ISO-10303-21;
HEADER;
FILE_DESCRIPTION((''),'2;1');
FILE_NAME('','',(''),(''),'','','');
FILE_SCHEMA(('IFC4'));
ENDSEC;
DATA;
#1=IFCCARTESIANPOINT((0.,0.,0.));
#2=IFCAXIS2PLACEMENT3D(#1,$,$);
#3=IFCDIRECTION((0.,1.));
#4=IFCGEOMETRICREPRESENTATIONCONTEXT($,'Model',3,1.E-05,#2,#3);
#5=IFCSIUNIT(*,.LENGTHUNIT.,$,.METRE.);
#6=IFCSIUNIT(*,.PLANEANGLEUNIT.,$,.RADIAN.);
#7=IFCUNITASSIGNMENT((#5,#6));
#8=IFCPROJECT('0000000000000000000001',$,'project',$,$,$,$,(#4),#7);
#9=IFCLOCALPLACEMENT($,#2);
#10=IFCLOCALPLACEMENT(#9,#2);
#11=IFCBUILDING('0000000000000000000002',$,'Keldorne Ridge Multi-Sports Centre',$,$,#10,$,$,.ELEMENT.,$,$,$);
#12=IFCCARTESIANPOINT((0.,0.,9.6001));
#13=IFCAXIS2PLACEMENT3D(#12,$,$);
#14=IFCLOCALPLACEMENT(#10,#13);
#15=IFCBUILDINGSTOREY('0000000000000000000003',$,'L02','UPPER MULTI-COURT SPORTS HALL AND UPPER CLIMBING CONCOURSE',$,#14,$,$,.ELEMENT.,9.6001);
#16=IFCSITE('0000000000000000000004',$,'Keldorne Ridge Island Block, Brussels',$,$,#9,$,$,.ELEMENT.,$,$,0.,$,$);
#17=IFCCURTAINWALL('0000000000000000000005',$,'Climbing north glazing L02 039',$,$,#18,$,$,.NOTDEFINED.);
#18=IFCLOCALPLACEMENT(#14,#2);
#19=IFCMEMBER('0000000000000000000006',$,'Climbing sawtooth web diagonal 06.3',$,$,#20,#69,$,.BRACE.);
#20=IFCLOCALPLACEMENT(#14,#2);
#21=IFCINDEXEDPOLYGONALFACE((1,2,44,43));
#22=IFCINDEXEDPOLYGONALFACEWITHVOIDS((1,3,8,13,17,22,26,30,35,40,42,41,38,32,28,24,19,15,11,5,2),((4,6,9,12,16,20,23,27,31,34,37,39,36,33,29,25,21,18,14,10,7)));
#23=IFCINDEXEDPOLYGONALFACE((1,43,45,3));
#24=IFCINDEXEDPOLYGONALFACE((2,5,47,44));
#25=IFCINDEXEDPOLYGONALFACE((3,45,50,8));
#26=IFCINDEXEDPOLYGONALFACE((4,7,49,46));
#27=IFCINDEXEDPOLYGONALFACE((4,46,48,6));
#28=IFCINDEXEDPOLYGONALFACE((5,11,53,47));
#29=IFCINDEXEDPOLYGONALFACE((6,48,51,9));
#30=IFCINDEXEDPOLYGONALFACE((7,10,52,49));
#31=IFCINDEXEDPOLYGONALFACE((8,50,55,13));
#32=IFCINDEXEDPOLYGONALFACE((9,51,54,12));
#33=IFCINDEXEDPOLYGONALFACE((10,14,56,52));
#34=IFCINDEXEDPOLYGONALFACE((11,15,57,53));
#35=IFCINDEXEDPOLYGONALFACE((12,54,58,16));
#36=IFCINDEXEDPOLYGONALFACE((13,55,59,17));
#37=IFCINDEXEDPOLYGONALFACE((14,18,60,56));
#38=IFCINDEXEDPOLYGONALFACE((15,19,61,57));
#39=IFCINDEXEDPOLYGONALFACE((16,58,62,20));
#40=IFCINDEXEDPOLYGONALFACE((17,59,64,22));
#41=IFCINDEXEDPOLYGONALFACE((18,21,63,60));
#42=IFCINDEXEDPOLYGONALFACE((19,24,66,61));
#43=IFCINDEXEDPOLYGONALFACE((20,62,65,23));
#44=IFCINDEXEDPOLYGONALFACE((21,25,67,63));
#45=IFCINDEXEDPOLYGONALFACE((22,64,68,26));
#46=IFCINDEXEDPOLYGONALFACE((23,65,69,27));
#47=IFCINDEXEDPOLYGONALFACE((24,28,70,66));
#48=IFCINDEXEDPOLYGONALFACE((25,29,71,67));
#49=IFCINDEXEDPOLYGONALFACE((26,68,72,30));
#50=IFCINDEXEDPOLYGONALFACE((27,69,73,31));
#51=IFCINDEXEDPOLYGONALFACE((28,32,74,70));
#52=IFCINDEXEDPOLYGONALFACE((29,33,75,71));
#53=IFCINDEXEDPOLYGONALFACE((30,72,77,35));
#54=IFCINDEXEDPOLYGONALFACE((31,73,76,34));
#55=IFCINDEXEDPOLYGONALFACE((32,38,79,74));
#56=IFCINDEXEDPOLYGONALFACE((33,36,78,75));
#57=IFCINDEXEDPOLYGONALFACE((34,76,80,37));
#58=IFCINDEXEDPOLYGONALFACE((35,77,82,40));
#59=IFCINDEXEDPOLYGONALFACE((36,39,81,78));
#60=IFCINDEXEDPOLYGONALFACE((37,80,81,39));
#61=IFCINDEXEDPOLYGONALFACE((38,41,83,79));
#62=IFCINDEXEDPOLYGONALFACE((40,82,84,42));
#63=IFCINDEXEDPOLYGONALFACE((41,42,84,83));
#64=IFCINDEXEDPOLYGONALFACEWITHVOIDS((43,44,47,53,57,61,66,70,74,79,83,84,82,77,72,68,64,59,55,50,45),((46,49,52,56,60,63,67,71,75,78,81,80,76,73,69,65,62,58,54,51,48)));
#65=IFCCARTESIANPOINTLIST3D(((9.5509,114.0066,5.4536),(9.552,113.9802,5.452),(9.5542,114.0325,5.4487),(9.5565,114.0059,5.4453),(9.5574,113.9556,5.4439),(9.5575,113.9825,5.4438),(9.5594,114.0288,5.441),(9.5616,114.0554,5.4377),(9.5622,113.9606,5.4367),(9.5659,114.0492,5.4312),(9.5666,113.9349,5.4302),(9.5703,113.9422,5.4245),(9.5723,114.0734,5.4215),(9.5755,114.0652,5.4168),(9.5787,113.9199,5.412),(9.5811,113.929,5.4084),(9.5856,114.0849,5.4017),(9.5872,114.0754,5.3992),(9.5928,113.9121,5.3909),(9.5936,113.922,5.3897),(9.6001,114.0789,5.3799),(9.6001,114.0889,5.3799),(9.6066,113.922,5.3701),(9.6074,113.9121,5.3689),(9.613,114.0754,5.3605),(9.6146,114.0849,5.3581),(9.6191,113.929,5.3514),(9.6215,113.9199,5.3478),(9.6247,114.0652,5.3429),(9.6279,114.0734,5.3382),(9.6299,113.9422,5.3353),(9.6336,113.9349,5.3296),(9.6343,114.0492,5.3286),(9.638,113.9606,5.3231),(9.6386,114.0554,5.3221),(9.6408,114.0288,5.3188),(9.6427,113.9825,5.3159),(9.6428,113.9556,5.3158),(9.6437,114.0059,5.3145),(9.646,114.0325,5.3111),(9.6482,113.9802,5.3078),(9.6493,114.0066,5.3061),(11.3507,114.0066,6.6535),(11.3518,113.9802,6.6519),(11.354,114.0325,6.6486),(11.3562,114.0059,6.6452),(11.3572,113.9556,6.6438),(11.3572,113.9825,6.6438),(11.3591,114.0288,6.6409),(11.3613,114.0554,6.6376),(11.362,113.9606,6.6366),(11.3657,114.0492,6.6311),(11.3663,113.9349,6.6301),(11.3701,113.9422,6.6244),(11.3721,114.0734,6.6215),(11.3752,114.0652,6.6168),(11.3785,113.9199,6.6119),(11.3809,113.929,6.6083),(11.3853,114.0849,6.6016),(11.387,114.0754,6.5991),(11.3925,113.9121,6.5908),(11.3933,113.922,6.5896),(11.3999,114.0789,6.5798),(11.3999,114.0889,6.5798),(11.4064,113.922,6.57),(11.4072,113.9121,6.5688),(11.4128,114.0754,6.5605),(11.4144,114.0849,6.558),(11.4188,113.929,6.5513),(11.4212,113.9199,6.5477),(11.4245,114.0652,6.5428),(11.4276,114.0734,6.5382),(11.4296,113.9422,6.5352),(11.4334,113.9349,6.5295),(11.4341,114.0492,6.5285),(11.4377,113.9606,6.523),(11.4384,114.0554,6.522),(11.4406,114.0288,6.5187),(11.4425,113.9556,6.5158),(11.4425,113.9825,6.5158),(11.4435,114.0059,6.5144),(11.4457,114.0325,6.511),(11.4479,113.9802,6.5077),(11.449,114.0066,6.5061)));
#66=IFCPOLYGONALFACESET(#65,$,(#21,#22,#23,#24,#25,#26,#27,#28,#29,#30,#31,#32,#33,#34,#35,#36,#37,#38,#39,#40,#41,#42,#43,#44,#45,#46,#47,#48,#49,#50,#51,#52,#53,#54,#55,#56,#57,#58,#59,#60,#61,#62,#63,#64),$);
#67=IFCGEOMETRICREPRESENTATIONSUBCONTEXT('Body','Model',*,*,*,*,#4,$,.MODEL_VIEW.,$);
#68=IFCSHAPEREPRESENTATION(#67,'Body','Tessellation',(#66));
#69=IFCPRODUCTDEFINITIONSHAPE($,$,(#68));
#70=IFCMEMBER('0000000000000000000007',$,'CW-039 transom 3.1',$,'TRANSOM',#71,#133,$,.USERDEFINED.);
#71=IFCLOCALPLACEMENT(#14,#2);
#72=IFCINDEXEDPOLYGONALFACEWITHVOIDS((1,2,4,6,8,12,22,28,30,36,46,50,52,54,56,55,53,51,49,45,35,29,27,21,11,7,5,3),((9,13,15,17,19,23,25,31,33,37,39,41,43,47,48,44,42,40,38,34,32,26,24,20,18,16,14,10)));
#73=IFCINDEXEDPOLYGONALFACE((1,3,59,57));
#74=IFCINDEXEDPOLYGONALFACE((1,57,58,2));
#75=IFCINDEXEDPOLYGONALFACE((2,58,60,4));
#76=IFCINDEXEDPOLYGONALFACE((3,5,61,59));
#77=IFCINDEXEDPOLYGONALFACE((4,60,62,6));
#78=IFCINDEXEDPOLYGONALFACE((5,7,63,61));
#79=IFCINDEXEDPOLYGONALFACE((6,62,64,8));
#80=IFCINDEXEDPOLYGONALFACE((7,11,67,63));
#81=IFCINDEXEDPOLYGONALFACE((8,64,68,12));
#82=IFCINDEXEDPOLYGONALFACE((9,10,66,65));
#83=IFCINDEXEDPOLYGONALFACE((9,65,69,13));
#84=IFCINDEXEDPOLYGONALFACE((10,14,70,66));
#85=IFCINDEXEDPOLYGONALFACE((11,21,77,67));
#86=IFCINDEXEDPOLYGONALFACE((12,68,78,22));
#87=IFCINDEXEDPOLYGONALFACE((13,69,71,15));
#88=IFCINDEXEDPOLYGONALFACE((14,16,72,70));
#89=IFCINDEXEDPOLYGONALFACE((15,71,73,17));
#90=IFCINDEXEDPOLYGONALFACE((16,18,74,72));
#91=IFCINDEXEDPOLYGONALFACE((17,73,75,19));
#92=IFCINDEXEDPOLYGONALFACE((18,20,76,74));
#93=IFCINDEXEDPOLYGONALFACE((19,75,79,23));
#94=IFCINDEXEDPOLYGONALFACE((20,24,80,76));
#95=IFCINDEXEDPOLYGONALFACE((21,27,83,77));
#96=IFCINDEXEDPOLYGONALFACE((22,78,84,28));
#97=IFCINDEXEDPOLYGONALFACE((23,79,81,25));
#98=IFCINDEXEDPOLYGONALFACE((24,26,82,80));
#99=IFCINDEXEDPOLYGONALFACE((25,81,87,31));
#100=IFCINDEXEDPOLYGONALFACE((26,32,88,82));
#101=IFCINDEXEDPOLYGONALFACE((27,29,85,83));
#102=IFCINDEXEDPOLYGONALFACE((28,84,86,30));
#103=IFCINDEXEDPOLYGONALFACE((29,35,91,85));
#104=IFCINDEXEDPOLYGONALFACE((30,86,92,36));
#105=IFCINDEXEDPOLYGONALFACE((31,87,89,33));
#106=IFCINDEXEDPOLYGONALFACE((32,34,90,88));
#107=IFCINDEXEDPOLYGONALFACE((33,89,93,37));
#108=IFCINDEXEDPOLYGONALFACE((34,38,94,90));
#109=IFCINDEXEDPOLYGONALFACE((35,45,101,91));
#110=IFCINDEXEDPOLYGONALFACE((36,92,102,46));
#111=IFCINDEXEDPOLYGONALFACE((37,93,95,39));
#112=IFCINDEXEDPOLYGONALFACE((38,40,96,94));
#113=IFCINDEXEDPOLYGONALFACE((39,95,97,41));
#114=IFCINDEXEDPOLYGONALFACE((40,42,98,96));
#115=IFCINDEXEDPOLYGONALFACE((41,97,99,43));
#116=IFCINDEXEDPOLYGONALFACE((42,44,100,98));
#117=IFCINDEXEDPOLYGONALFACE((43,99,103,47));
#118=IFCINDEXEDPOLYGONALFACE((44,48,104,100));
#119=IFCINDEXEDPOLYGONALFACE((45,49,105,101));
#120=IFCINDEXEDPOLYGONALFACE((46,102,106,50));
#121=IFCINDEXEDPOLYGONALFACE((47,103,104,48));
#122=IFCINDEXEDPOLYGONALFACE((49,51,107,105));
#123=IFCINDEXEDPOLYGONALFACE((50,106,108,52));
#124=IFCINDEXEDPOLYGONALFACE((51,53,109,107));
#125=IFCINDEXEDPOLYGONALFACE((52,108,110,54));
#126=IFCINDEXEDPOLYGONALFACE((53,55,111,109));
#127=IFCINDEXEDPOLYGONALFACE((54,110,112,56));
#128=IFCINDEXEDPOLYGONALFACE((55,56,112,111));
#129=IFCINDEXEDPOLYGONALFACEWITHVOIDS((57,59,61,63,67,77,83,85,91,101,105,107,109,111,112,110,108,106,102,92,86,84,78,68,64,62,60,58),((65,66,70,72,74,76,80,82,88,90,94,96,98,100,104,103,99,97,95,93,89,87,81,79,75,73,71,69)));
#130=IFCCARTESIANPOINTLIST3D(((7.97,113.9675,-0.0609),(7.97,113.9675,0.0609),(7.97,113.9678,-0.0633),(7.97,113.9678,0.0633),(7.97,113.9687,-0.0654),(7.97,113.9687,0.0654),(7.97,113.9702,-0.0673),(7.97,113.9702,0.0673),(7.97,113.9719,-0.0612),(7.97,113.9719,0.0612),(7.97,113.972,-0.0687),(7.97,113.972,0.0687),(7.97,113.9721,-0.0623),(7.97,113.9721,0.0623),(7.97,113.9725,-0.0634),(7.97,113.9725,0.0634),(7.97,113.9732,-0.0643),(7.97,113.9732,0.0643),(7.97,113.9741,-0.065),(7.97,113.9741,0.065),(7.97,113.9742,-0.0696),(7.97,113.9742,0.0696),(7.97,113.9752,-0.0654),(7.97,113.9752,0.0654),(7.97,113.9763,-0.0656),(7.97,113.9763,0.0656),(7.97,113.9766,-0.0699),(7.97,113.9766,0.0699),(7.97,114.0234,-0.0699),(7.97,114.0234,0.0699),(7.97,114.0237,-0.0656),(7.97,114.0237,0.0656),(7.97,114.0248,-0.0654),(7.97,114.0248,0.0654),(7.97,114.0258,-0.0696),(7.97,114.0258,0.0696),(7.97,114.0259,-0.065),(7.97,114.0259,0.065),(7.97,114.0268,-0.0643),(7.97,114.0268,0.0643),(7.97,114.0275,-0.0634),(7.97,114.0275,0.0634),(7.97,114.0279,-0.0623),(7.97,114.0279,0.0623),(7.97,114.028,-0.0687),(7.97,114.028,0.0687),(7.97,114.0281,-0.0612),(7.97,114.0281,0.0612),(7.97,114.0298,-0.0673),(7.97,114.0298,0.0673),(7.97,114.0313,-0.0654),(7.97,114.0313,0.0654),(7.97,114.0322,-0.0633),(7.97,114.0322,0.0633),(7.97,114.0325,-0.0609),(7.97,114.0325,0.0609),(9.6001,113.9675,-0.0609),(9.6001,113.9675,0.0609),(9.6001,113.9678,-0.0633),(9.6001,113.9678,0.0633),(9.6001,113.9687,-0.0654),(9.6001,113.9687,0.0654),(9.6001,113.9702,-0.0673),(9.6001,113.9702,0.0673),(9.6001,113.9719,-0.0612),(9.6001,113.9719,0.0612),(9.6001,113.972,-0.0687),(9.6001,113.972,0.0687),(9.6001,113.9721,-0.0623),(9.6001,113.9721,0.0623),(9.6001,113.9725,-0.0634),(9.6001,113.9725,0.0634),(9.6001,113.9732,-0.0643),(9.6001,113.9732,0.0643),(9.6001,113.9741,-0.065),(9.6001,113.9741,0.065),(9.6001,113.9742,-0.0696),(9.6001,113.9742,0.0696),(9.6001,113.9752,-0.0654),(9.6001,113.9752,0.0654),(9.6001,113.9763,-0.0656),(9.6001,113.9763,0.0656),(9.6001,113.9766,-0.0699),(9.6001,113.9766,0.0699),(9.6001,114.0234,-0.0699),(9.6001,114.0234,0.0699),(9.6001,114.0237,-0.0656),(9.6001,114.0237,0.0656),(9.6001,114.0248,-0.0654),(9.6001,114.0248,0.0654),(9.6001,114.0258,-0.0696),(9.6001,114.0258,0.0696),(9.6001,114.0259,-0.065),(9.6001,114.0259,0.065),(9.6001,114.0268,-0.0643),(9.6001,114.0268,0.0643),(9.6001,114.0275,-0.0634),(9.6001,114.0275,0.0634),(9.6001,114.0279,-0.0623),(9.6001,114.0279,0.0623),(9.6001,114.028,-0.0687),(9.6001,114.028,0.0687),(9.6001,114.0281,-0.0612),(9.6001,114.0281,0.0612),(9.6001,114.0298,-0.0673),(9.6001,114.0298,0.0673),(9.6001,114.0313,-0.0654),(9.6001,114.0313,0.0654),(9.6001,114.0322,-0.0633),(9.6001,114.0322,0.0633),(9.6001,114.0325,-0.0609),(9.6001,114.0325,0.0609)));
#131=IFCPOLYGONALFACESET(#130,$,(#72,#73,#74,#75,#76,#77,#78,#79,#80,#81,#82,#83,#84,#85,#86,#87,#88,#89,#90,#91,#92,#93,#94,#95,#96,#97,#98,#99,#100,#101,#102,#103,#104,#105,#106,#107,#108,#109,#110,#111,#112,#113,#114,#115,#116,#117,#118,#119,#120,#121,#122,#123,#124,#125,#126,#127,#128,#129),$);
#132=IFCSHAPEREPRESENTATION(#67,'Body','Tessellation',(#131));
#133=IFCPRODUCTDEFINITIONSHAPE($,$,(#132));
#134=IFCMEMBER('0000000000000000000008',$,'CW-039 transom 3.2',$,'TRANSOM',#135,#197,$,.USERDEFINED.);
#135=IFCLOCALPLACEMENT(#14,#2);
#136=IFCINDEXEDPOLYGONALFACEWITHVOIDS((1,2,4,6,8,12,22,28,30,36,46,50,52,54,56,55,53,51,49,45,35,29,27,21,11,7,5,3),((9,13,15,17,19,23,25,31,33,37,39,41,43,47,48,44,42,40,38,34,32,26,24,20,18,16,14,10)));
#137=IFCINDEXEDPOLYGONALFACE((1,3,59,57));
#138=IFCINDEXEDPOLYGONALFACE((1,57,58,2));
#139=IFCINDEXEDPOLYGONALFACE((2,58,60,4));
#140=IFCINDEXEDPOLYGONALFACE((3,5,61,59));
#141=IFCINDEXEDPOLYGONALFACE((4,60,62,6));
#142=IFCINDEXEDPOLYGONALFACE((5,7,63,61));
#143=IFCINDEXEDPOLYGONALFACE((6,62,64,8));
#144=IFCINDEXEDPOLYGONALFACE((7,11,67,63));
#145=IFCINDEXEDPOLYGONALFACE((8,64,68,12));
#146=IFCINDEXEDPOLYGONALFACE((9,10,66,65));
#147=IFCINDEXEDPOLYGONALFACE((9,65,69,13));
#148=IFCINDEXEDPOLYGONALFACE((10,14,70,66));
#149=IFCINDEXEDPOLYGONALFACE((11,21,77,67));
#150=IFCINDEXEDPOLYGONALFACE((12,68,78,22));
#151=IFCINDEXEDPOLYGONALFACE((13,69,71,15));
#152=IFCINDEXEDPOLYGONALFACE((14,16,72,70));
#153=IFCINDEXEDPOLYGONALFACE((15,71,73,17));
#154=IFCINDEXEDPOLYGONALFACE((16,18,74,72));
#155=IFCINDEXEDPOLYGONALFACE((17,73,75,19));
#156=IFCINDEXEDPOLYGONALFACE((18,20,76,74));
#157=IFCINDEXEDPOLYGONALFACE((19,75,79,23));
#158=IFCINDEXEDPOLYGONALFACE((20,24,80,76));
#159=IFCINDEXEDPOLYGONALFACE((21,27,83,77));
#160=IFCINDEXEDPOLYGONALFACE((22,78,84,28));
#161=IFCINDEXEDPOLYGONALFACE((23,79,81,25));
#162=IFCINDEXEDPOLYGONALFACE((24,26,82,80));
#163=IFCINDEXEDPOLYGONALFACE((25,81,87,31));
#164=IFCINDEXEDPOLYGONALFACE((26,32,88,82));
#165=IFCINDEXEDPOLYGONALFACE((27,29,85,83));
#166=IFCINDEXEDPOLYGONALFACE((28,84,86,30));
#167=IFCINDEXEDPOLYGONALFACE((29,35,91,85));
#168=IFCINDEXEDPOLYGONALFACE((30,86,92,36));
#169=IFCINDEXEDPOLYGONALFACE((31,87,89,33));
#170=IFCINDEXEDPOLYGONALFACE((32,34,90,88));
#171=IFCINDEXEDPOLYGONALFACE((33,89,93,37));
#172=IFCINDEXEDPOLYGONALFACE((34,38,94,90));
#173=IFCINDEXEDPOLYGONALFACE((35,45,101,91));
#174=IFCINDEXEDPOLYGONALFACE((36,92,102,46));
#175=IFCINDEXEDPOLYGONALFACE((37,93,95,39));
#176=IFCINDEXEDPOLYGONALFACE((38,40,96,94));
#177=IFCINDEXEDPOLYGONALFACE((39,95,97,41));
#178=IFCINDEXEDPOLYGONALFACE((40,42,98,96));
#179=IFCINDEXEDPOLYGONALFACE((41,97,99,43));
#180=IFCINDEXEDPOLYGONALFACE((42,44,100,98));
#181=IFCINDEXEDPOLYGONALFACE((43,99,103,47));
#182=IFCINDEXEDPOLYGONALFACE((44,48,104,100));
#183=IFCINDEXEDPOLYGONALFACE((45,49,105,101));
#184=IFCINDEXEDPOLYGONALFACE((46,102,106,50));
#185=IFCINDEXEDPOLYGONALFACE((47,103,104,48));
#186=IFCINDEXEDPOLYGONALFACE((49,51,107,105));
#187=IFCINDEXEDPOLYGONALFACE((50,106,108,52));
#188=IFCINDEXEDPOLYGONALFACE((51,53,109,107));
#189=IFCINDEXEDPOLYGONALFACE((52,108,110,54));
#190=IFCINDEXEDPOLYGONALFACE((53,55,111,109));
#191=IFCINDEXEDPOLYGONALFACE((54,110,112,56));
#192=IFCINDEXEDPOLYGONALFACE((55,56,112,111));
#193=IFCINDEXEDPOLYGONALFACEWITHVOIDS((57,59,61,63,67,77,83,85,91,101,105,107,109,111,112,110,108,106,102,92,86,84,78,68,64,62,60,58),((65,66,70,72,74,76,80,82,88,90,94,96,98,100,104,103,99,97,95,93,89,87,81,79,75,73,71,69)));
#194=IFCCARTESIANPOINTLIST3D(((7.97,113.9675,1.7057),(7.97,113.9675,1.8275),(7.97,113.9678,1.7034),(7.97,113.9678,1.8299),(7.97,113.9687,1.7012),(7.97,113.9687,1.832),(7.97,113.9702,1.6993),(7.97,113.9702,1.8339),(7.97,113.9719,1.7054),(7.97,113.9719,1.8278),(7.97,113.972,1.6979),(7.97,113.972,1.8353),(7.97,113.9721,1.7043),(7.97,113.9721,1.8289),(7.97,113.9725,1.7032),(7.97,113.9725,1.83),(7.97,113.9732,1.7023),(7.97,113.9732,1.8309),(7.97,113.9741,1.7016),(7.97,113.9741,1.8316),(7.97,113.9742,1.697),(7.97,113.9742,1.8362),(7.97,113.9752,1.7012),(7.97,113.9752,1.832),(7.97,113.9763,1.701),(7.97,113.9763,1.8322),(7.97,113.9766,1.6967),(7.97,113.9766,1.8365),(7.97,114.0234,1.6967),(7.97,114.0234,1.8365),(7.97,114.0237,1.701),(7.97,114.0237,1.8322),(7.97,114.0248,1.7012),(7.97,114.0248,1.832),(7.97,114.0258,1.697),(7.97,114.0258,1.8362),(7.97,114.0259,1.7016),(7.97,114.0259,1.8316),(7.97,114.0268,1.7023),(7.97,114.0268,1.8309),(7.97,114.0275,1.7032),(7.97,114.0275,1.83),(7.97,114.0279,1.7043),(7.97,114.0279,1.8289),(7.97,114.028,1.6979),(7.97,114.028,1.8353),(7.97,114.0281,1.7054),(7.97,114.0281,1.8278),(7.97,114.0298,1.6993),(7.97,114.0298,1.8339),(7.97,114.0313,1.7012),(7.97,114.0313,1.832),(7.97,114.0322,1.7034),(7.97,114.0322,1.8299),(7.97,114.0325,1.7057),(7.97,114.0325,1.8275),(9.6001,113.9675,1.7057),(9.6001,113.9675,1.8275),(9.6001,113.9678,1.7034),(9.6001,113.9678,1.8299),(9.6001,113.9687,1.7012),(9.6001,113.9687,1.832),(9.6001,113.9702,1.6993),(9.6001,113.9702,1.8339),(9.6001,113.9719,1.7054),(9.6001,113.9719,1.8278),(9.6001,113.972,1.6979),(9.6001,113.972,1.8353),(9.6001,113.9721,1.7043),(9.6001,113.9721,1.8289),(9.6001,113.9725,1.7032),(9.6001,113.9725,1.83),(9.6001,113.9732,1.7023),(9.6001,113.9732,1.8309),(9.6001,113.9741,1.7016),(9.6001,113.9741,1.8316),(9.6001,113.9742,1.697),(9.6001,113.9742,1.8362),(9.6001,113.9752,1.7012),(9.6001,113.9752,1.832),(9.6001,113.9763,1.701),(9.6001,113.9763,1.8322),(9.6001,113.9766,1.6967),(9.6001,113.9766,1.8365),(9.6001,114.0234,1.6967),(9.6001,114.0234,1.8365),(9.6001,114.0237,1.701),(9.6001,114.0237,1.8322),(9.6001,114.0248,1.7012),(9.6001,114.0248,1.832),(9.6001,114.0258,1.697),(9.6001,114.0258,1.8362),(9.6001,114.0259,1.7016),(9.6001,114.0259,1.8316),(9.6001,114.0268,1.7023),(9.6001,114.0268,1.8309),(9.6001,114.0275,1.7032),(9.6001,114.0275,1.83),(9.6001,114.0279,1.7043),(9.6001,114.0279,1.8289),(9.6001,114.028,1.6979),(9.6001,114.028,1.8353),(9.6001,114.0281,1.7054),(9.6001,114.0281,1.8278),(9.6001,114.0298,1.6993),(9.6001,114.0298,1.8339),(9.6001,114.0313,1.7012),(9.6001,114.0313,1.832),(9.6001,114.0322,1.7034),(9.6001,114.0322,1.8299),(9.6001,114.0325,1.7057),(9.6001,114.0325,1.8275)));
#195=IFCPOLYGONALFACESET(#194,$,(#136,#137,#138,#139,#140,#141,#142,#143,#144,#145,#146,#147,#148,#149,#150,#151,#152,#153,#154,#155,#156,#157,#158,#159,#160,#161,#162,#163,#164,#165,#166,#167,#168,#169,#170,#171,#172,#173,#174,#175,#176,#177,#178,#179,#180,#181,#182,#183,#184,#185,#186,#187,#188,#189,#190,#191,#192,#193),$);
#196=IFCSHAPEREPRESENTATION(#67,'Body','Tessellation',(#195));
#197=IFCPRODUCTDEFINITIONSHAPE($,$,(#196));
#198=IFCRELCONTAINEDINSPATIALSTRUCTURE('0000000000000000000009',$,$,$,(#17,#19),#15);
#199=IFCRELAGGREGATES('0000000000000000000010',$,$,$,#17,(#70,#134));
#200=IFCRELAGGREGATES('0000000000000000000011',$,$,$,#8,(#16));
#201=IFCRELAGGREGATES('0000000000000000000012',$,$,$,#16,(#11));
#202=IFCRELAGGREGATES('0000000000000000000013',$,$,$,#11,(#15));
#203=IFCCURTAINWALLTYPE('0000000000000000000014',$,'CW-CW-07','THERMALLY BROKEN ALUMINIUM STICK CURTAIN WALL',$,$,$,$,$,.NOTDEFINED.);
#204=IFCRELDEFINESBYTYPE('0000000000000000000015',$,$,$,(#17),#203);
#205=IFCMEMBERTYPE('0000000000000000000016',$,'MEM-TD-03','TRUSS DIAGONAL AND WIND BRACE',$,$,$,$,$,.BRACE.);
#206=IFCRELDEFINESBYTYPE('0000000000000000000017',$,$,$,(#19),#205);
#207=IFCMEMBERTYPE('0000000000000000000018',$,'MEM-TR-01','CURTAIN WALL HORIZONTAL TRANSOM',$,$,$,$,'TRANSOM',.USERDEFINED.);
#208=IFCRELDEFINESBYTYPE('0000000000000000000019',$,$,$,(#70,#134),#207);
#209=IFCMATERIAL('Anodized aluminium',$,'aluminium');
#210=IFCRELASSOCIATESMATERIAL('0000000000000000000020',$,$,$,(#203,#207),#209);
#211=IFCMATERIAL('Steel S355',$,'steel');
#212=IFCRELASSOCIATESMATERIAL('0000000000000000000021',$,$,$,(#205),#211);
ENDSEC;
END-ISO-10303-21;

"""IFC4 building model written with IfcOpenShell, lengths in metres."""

from ifc_helpers import new_model, si_unit, direction, frame, origin, origin_2d, place, context, subcontext, project, spatial, hollow_rectangle, hollow_circle, extrude, material, material_profile, profile_set, type_object, element, aggregate, save


model = new_model("IFC4")

# Units and contexts
model_context = context("Model", 3, precision=1e-05, world=origin(), true_north=direction((0.0, 1.0)))
body_context = subcontext(model_context, "Body", "Model", "MODEL_VIEW")
ifc_project = project(units=[si_unit("LENGTHUNIT", "METRE"), si_unit("PLANEANGLEUNIT", "RADIAN")], contexts=[model_context])

# Site, building, storey
site_placement = place(None, origin())
site = spatial("IfcSite", under=ifc_project, at=site_placement, Name="Keldorne Ridge Island Block, Brussels", CompositionType="ELEMENT", RefElevation=0.0)
building_placement = place(site_placement, origin())
building = spatial("IfcBuilding", under=site, at=building_placement, Name="Keldorne Ridge Multi-Sports Centre", CompositionType="ELEMENT")
storey_placement = place(building_placement, frame((0.0, 0.0, 9.6001)))
storey = spatial("IfcBuildingStorey", under=building, at=storey_placement, Name="L02", Description="UPPER MULTI-COURT SPORTS HALL AND UPPER CLIMBING CONCOURSE", CompositionType="ELEMENT", Elevation=9.6001)

# Shared definitions
ifc_material_1 = material(Name="Steel S355", Category="steel")

# Curtain wall
ifc_material_2 = material(Name="Anodized aluminium", Category="aluminium")
curtain_wall_type = type_object("IfcCurtainWallType", Name="CW-CW-07", Description="THERMALLY BROKEN ALUMINIUM STICK CURTAIN WALL", PredefinedType="NOTDEFINED", material=ifc_material_2)
curtain_wall_placement = place(storey_placement, origin())
curtain_wall = element("IfcCurtainWall", 1, at=curtain_wall_placement, inside=storey, type_object=curtain_wall_type, Name="Climbing north glazing L02 039", PredefinedType="NOTDEFINED")

# Member
ifc_material_profile_1 = material_profile(ifc_material_1, hollow_circle(Radius=0.0889, WallThickness=0.01, at=origin_2d()), Name="CHS 177.8x10")
ifc_profile_set_1 = profile_set([ifc_material_profile_1], Name="Steel S355")
member_type_1 = type_object("IfcMemberType", Name="MEM-TD-03", Description="TRUSS DIAGONAL AND WIND BRACE", PredefinedType="BRACE", material=ifc_profile_set_1)
member_1_placement = place(storey_placement, frame((9.6001, 114.0, 5.3799), z_axis=(0.832033, 0.0, 0.554726), x_axis=(0.0, 1.0, 0.0)))
element("IfcMember", 2, at=member_1_placement, inside=storey, type_object=member_type_1, Name="Climbing sawtooth web diagonal 06.3", PredefinedType="BRACE", context=body_context, shape_type="SweptSolid", body=[
    extrude(hollow_circle(Radius=0.0889, WallThickness=0.01, at=origin_2d()), origin(), (0.0, 0.0, 1.0), 2.1631),
])

# Members
ifc_material_profile_2 = material_profile(ifc_material_2, hollow_rectangle(XDim=0.0649, YDim=0.1399, WallThickness=0.0044, InnerFilletRadius=0.0044, OuterFilletRadius=0.009, at=origin_2d()), Name="ALU TRANSOM 140x65x4.5")
ifc_profile_set_2 = profile_set([ifc_material_profile_2], Name="Anodized aluminium")
member_type_2 = type_object("IfcMemberType", Name="MEM-TR-01", Description="CURTAIN WALL HORIZONTAL TRANSOM", ElementType="TRANSOM", PredefinedType="USERDEFINED", material=ifc_profile_set_2)
member_2_placement = place(storey_placement, frame((9.6001, 114.0, 0.0), z_axis=(-1.0, 0.0, 0.0), x_axis=(0.0, -1.0, 0.0)))
member_2 = element("IfcMember", 3, at=member_2_placement, type_object=member_type_2, Name="CW-039 transom 3.1", ObjectType="TRANSOM", PredefinedType="USERDEFINED", context=body_context, shape_type="SweptSolid", body=[
    extrude(hollow_rectangle(XDim=0.0649, YDim=0.1399, WallThickness=0.0044, InnerFilletRadius=0.0044, OuterFilletRadius=0.009, at=origin_2d()), origin(), (0.0, 0.0, 1.0), 1.6301),
])
member_3_placement = place(storey_placement, frame((9.6001, 114.0, 1.7666), z_axis=(-1.0, 0.0, 0.0), x_axis=(0.0, -1.0, 0.0)))
member_3 = element("IfcMember", 4, at=member_3_placement, type_object=member_type_2, Name="CW-039 transom 3.2", ObjectType="TRANSOM", PredefinedType="USERDEFINED", context=body_context, shape_type="SweptSolid", body=[
    extrude(hollow_rectangle(XDim=0.0649, YDim=0.1399, WallThickness=0.0044, InnerFilletRadius=0.0044, OuterFilletRadius=0.009, at=origin_2d()), origin(), (0.0, 0.0, 1.0), 1.6301),
])

aggregate(curtain_wall, [member_2, member_3])

save(model, "model.ifc")
